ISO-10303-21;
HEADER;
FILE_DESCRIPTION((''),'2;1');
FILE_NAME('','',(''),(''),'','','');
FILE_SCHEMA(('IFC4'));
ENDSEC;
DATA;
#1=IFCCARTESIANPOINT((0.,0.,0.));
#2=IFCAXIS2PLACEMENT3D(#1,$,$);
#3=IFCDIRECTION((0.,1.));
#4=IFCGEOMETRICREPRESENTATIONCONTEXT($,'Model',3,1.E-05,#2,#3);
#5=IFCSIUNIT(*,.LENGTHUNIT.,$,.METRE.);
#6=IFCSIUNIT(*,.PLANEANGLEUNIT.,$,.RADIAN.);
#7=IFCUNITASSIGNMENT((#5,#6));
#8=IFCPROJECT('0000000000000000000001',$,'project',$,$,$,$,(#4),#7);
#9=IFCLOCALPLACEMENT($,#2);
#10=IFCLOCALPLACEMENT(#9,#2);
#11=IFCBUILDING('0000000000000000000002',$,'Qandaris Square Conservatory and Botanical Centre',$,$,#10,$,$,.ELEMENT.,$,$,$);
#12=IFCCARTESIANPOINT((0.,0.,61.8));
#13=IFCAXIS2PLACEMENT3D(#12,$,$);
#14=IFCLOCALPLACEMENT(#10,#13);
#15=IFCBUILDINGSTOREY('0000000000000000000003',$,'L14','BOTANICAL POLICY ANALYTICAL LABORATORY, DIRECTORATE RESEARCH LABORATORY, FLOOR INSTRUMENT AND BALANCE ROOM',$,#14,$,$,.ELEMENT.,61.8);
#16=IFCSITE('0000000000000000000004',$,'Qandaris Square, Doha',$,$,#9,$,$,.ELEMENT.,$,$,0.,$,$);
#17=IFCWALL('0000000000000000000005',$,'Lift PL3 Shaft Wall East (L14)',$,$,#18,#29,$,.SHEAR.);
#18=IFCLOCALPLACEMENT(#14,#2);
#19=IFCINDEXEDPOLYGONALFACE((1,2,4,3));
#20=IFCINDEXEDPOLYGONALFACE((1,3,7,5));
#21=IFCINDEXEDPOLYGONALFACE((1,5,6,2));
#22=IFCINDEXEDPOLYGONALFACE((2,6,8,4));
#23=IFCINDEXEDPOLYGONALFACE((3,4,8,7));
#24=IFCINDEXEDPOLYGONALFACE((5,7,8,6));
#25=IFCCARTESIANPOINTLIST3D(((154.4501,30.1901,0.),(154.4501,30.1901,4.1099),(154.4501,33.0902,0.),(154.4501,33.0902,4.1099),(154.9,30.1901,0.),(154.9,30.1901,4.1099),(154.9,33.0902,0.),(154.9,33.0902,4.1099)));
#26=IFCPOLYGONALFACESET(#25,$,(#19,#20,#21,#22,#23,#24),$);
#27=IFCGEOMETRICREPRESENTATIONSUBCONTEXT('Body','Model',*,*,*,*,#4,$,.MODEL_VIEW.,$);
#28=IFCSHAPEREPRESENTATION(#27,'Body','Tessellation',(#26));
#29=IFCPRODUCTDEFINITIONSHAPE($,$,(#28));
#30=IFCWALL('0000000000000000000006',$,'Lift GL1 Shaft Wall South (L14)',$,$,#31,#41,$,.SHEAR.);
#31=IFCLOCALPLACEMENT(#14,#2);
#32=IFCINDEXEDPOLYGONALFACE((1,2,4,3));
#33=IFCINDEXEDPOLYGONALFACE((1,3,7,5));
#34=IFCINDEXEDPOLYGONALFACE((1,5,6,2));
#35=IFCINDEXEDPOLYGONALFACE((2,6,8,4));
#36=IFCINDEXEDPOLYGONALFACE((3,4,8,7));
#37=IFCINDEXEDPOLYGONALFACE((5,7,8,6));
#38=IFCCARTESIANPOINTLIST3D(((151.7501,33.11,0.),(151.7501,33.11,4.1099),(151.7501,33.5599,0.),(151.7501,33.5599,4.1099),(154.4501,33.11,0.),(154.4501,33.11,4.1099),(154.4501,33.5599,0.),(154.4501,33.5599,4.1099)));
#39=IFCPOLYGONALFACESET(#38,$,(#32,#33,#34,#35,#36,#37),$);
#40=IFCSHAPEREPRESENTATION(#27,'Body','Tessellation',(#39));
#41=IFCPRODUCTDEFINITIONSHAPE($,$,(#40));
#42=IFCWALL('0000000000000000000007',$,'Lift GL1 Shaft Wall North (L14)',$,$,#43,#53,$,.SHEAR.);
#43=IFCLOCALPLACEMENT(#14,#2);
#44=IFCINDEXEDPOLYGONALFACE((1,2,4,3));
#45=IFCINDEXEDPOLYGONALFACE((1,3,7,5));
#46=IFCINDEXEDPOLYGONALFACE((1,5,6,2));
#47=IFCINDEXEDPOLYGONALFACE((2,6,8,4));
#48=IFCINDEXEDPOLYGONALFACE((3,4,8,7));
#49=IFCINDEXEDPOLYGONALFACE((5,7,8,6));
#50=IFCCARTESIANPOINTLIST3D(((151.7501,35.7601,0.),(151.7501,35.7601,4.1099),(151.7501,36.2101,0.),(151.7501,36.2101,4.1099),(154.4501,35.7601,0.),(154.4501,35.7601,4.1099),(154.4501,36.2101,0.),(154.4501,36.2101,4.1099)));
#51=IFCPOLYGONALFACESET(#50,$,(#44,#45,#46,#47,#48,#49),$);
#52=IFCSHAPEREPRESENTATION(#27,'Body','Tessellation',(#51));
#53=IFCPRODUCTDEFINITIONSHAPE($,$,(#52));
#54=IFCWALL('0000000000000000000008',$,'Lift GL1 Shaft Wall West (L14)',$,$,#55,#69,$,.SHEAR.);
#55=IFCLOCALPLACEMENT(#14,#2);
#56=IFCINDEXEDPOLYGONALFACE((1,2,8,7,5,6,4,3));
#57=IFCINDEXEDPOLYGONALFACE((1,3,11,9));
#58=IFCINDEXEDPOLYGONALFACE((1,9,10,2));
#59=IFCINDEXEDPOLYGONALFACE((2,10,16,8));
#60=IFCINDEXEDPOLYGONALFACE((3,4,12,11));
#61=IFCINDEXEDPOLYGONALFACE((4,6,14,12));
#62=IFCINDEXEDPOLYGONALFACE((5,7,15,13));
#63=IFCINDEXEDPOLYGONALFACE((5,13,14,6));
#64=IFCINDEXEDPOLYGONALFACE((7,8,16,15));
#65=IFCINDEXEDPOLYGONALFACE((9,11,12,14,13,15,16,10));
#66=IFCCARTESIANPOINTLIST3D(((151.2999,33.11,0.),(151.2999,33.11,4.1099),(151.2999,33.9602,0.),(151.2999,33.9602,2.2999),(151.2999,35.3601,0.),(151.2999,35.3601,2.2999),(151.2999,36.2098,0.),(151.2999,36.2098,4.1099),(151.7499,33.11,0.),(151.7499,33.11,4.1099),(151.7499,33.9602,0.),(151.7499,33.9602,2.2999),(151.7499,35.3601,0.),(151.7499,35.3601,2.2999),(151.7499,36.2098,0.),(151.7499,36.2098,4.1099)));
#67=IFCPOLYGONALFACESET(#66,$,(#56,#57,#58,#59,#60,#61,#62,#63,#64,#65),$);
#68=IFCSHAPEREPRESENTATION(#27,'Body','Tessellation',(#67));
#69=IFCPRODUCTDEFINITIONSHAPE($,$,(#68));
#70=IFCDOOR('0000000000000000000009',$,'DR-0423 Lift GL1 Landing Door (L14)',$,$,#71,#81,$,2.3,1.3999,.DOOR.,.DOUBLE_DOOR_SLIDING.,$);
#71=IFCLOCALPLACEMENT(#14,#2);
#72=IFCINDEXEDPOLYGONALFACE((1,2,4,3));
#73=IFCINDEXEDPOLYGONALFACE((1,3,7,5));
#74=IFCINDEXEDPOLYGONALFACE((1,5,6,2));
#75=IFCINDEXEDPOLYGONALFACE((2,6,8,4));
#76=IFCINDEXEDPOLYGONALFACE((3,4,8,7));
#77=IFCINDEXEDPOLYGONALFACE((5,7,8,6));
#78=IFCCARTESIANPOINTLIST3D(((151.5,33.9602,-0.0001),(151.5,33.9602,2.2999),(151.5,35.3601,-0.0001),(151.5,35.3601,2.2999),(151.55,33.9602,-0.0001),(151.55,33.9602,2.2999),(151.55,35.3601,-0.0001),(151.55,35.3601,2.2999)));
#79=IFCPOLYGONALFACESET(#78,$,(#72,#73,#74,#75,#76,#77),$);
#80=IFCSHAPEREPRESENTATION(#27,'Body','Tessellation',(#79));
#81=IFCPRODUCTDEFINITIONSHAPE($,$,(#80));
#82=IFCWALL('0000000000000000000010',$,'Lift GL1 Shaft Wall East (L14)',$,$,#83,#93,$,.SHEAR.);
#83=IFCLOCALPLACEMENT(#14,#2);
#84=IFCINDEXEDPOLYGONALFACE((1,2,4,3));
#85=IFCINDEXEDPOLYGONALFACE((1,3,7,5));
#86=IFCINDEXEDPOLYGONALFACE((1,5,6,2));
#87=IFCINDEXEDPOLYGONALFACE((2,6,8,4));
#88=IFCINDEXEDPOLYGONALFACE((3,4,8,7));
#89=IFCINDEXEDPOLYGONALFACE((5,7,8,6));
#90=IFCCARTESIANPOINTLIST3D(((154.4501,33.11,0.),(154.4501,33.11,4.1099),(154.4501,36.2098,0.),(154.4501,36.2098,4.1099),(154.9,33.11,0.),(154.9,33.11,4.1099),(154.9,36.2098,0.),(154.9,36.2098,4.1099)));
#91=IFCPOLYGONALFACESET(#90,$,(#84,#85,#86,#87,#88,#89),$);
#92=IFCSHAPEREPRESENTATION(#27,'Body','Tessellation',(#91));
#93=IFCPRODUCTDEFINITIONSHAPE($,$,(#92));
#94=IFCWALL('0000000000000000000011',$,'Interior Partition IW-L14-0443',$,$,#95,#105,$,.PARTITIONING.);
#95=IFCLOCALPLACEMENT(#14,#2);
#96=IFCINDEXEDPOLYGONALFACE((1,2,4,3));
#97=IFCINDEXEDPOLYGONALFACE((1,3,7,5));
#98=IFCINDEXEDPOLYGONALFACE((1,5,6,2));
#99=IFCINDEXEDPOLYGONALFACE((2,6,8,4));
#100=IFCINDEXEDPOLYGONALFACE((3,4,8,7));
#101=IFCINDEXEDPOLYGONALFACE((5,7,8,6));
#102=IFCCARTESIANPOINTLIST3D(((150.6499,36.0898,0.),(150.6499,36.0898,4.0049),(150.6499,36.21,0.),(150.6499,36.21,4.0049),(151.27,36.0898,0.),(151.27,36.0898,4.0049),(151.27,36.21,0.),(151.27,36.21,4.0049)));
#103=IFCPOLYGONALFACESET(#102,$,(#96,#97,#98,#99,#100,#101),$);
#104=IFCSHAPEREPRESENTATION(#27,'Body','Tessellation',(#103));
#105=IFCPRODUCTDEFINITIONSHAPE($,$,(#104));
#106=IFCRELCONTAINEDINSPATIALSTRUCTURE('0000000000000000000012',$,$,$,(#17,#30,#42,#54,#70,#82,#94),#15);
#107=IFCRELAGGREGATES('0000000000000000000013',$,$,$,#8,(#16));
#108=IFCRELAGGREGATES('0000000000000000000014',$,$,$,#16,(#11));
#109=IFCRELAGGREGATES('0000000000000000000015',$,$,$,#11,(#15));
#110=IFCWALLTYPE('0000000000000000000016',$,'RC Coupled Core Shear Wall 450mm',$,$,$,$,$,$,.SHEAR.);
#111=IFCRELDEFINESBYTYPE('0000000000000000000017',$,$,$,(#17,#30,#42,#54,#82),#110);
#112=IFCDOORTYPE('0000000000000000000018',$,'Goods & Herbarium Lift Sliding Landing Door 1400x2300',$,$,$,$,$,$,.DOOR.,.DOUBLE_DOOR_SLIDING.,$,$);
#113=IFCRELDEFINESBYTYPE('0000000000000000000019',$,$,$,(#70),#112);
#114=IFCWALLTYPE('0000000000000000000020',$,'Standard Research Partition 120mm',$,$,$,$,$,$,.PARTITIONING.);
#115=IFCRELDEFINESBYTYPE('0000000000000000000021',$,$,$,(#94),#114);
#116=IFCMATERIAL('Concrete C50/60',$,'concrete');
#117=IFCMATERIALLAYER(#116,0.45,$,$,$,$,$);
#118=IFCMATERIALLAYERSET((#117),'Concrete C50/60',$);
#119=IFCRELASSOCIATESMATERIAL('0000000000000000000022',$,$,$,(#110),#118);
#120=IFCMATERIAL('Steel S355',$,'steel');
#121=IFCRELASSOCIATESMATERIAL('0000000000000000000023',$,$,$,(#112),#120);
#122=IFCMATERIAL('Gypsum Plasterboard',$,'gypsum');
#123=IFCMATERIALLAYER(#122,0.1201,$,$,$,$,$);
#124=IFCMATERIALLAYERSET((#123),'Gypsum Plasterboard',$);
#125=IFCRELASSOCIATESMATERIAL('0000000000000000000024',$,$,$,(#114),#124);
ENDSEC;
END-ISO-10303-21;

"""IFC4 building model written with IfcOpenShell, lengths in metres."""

from ifc_helpers import new_model, si_unit, direction, frame, frame_2d, origin, place, context, subcontext, project, spatial, rectangle, extrude, material, layer, layer_set, type_object, element, fill, save


model = new_model("IFC4")

# Units and contexts
model_context = context("Model", 3, precision=1e-05, world=origin(), true_north=direction((0.0, 1.0)))
body_context = subcontext(model_context, "Body", "Model", "MODEL_VIEW")
ifc_project = project(units=[si_unit("LENGTHUNIT", "METRE"), si_unit("PLANEANGLEUNIT", "RADIAN")], contexts=[model_context])

# Site, building, storey
site_placement = place(None, origin())
site = spatial("IfcSite", under=ifc_project, at=site_placement, Name="Qandaris Square, Doha", CompositionType="ELEMENT", RefElevation=0.0)
building_placement = place(site_placement, origin())
building = spatial("IfcBuilding", under=site, at=building_placement, Name="Qandaris Square Conservatory and Botanical Centre", CompositionType="ELEMENT")
storey_placement = place(building_placement, frame((0.0, 0.0, 61.8)))
storey = spatial("IfcBuildingStorey", under=building, at=storey_placement, Name="L14", Description="BOTANICAL POLICY ANALYTICAL LABORATORY, DIRECTORATE RESEARCH LABORATORY, FLOOR INSTRUMENT AND BALANCE ROOM", CompositionType="ELEMENT", Elevation=61.8)

# Shared definitions
ifc_material_1 = material(Name="Concrete C50/60", Category="concrete")

# Shared definitions
ifc_material_2 = material(Name="Steel S355", Category="steel")

# Shared definitions
ifc_layer_1 = layer(ifc_material_1, 0.45)
ifc_layer_set_1 = layer_set([ifc_layer_1], Name="Concrete C50/60")
wall_type_1 = type_object("IfcWallType", Name="RC Coupled Core Shear Wall 450mm", PredefinedType="SHEAR", material=ifc_layer_set_1)

# Walls
wall_1_placement = place(storey_placement, frame((154.675, 30.1899, 0.0), z_axis=(0.0, 0.0, 1.0), x_axis=(0.0, 1.0, 0.0)))
element("IfcWall", 1, at=wall_1_placement, inside=storey, type_object=wall_type_1, Name="Lift PL3 Shaft Wall East (L14)", PredefinedType="SHEAR", context=body_context, shape_type="SweptSolid", body=[
    extrude(rectangle(XDim=2.9001, YDim=0.45, at=frame_2d((1.4502, 0.0))), origin(), (0.0, 0.0, 1.0), 4.1099),
])
for number, where, z_axis, x_axis, name in (
    (2, (151.75, 33.335, 0.0), (0.0, 0.0, 1.0), (1.0, 0.0, 0.0), "Lift GL1 Shaft Wall South (L14)"),
    (3, (151.75, 35.9851, 0.0), (0.0, 0.0, 1.0), (1.0, 0.0, 0.0), "Lift GL1 Shaft Wall North (L14)"),
):
    element("IfcWall", number, at=place(storey_placement, frame(where, z_axis=z_axis, x_axis=x_axis)), inside=storey, type_object=wall_type_1, Name=name, PredefinedType="SHEAR", context=body_context, shape_type="SweptSolid", body=[
        extrude(rectangle(XDim=2.7, YDim=0.45, at=frame_2d((1.3501, 0.0))), origin(), (0.0, 0.0, 1.0), 4.1099),
    ])

# Wall, opening, door
wall_2_placement = place(storey_placement, frame((151.5249, 33.1101, 0.0), z_axis=(0.0, 0.0, 1.0), x_axis=(0.0, 1.0, 0.0)))
wall_2 = element("IfcWall", 4, at=wall_2_placement, inside=storey, type_object=wall_type_1, Name="Lift GL1 Shaft Wall West (L14)", PredefinedType="SHEAR", context=body_context, shape_type="SweptSolid", body=[
    extrude(rectangle(XDim=3.0999, YDim=0.45, at=frame_2d((1.5498, 0.0))), origin(), (0.0, 0.0, 1.0), 4.1099),
])
opening_1_placement = place(wall_2_placement, frame((0.8501, 0.0, 0.0)))
opening_1 = element("IfcOpeningElement", 5, at=opening_1_placement, cuts=wall_2, PredefinedType="OPENING", context=body_context, shape_type="SweptSolid", body=[
    extrude(rectangle(XDim=1.3999, YDim=2.3, at=frame_2d((0.7, 1.1499))), frame((0.0, 0.2368, 0.0), z_axis=(0.0, -1.0, 0.0), x_axis=(1.0, 0.0, 0.0)), (0.0, 0.0, 1.0), 0.4739),
])
door_type_1 = type_object("IfcDoorType", Name="Goods & Herbarium Lift Sliding Landing Door 1400x2300", OperationType="DOUBLE_DOOR_SLIDING", PredefinedType="DOOR", material=ifc_material_2)
door_1_placement = place(opening_1_placement, origin())
door_1 = element("IfcDoor", 6, at=door_1_placement, inside=storey, type_object=door_type_1, Name="DR-0423 Lift GL1 Landing Door (L14)", OperationType="DOUBLE_DOOR_SLIDING", OverallHeight=2.3, OverallWidth=1.3999, PredefinedType="DOOR", context=body_context, shape_type="SweptSolid", body=[
    extrude(rectangle(XDim=1.3999, YDim=2.3, at=frame_2d((0.7, 1.1499))), frame((0.0, 0.0249, 0.0), z_axis=(0.0, -1.0, 0.0), x_axis=(1.0, 0.0, 0.0)), (0.0, 0.0, 1.0), 0.05),
])
fill(opening_1, door_1)

# Walls
wall_3_placement = place(storey_placement, frame((154.675, 33.1101, 0.0), z_axis=(0.0, 0.0, 1.0), x_axis=(0.0, 1.0, 0.0)))
element("IfcWall", 7, at=wall_3_placement, inside=storey, type_object=wall_type_1, Name="Lift GL1 Shaft Wall East (L14)", PredefinedType="SHEAR", context=body_context, shape_type="SweptSolid", body=[
    extrude(rectangle(XDim=3.0999, YDim=0.45, at=frame_2d((1.5498, 0.0))), origin(), (0.0, 0.0, 1.0), 4.1099),
])
ifc_material_3 = material(Name="Gypsum Plasterboard", Category="gypsum")
ifc_layer_2 = layer(ifc_material_3, 0.1201)
ifc_layer_set_2 = layer_set([ifc_layer_2], Name="Gypsum Plasterboard")
wall_type_2 = type_object("IfcWallType", Name="Standard Research Partition 120mm", PredefinedType="PARTITIONING", material=ifc_layer_set_2)
wall_4_placement = place(storey_placement, frame((150.6499, 36.1499, 0.0), z_axis=(0.0, 0.0, 1.0), x_axis=(1.0, 0.0, 0.0)))
element("IfcWall", 8, at=wall_4_placement, inside=storey, type_object=wall_type_2, Name="Interior Partition IW-L14-0443", PredefinedType="PARTITIONING", context=body_context, shape_type="SweptSolid", body=[
    extrude(rectangle(XDim=0.6201, YDim=0.1201, at=frame_2d((0.3101, 0.0))), origin(), (0.0, 0.0, 1.0), 4.0049),
])

save(model, "model.ifc")
